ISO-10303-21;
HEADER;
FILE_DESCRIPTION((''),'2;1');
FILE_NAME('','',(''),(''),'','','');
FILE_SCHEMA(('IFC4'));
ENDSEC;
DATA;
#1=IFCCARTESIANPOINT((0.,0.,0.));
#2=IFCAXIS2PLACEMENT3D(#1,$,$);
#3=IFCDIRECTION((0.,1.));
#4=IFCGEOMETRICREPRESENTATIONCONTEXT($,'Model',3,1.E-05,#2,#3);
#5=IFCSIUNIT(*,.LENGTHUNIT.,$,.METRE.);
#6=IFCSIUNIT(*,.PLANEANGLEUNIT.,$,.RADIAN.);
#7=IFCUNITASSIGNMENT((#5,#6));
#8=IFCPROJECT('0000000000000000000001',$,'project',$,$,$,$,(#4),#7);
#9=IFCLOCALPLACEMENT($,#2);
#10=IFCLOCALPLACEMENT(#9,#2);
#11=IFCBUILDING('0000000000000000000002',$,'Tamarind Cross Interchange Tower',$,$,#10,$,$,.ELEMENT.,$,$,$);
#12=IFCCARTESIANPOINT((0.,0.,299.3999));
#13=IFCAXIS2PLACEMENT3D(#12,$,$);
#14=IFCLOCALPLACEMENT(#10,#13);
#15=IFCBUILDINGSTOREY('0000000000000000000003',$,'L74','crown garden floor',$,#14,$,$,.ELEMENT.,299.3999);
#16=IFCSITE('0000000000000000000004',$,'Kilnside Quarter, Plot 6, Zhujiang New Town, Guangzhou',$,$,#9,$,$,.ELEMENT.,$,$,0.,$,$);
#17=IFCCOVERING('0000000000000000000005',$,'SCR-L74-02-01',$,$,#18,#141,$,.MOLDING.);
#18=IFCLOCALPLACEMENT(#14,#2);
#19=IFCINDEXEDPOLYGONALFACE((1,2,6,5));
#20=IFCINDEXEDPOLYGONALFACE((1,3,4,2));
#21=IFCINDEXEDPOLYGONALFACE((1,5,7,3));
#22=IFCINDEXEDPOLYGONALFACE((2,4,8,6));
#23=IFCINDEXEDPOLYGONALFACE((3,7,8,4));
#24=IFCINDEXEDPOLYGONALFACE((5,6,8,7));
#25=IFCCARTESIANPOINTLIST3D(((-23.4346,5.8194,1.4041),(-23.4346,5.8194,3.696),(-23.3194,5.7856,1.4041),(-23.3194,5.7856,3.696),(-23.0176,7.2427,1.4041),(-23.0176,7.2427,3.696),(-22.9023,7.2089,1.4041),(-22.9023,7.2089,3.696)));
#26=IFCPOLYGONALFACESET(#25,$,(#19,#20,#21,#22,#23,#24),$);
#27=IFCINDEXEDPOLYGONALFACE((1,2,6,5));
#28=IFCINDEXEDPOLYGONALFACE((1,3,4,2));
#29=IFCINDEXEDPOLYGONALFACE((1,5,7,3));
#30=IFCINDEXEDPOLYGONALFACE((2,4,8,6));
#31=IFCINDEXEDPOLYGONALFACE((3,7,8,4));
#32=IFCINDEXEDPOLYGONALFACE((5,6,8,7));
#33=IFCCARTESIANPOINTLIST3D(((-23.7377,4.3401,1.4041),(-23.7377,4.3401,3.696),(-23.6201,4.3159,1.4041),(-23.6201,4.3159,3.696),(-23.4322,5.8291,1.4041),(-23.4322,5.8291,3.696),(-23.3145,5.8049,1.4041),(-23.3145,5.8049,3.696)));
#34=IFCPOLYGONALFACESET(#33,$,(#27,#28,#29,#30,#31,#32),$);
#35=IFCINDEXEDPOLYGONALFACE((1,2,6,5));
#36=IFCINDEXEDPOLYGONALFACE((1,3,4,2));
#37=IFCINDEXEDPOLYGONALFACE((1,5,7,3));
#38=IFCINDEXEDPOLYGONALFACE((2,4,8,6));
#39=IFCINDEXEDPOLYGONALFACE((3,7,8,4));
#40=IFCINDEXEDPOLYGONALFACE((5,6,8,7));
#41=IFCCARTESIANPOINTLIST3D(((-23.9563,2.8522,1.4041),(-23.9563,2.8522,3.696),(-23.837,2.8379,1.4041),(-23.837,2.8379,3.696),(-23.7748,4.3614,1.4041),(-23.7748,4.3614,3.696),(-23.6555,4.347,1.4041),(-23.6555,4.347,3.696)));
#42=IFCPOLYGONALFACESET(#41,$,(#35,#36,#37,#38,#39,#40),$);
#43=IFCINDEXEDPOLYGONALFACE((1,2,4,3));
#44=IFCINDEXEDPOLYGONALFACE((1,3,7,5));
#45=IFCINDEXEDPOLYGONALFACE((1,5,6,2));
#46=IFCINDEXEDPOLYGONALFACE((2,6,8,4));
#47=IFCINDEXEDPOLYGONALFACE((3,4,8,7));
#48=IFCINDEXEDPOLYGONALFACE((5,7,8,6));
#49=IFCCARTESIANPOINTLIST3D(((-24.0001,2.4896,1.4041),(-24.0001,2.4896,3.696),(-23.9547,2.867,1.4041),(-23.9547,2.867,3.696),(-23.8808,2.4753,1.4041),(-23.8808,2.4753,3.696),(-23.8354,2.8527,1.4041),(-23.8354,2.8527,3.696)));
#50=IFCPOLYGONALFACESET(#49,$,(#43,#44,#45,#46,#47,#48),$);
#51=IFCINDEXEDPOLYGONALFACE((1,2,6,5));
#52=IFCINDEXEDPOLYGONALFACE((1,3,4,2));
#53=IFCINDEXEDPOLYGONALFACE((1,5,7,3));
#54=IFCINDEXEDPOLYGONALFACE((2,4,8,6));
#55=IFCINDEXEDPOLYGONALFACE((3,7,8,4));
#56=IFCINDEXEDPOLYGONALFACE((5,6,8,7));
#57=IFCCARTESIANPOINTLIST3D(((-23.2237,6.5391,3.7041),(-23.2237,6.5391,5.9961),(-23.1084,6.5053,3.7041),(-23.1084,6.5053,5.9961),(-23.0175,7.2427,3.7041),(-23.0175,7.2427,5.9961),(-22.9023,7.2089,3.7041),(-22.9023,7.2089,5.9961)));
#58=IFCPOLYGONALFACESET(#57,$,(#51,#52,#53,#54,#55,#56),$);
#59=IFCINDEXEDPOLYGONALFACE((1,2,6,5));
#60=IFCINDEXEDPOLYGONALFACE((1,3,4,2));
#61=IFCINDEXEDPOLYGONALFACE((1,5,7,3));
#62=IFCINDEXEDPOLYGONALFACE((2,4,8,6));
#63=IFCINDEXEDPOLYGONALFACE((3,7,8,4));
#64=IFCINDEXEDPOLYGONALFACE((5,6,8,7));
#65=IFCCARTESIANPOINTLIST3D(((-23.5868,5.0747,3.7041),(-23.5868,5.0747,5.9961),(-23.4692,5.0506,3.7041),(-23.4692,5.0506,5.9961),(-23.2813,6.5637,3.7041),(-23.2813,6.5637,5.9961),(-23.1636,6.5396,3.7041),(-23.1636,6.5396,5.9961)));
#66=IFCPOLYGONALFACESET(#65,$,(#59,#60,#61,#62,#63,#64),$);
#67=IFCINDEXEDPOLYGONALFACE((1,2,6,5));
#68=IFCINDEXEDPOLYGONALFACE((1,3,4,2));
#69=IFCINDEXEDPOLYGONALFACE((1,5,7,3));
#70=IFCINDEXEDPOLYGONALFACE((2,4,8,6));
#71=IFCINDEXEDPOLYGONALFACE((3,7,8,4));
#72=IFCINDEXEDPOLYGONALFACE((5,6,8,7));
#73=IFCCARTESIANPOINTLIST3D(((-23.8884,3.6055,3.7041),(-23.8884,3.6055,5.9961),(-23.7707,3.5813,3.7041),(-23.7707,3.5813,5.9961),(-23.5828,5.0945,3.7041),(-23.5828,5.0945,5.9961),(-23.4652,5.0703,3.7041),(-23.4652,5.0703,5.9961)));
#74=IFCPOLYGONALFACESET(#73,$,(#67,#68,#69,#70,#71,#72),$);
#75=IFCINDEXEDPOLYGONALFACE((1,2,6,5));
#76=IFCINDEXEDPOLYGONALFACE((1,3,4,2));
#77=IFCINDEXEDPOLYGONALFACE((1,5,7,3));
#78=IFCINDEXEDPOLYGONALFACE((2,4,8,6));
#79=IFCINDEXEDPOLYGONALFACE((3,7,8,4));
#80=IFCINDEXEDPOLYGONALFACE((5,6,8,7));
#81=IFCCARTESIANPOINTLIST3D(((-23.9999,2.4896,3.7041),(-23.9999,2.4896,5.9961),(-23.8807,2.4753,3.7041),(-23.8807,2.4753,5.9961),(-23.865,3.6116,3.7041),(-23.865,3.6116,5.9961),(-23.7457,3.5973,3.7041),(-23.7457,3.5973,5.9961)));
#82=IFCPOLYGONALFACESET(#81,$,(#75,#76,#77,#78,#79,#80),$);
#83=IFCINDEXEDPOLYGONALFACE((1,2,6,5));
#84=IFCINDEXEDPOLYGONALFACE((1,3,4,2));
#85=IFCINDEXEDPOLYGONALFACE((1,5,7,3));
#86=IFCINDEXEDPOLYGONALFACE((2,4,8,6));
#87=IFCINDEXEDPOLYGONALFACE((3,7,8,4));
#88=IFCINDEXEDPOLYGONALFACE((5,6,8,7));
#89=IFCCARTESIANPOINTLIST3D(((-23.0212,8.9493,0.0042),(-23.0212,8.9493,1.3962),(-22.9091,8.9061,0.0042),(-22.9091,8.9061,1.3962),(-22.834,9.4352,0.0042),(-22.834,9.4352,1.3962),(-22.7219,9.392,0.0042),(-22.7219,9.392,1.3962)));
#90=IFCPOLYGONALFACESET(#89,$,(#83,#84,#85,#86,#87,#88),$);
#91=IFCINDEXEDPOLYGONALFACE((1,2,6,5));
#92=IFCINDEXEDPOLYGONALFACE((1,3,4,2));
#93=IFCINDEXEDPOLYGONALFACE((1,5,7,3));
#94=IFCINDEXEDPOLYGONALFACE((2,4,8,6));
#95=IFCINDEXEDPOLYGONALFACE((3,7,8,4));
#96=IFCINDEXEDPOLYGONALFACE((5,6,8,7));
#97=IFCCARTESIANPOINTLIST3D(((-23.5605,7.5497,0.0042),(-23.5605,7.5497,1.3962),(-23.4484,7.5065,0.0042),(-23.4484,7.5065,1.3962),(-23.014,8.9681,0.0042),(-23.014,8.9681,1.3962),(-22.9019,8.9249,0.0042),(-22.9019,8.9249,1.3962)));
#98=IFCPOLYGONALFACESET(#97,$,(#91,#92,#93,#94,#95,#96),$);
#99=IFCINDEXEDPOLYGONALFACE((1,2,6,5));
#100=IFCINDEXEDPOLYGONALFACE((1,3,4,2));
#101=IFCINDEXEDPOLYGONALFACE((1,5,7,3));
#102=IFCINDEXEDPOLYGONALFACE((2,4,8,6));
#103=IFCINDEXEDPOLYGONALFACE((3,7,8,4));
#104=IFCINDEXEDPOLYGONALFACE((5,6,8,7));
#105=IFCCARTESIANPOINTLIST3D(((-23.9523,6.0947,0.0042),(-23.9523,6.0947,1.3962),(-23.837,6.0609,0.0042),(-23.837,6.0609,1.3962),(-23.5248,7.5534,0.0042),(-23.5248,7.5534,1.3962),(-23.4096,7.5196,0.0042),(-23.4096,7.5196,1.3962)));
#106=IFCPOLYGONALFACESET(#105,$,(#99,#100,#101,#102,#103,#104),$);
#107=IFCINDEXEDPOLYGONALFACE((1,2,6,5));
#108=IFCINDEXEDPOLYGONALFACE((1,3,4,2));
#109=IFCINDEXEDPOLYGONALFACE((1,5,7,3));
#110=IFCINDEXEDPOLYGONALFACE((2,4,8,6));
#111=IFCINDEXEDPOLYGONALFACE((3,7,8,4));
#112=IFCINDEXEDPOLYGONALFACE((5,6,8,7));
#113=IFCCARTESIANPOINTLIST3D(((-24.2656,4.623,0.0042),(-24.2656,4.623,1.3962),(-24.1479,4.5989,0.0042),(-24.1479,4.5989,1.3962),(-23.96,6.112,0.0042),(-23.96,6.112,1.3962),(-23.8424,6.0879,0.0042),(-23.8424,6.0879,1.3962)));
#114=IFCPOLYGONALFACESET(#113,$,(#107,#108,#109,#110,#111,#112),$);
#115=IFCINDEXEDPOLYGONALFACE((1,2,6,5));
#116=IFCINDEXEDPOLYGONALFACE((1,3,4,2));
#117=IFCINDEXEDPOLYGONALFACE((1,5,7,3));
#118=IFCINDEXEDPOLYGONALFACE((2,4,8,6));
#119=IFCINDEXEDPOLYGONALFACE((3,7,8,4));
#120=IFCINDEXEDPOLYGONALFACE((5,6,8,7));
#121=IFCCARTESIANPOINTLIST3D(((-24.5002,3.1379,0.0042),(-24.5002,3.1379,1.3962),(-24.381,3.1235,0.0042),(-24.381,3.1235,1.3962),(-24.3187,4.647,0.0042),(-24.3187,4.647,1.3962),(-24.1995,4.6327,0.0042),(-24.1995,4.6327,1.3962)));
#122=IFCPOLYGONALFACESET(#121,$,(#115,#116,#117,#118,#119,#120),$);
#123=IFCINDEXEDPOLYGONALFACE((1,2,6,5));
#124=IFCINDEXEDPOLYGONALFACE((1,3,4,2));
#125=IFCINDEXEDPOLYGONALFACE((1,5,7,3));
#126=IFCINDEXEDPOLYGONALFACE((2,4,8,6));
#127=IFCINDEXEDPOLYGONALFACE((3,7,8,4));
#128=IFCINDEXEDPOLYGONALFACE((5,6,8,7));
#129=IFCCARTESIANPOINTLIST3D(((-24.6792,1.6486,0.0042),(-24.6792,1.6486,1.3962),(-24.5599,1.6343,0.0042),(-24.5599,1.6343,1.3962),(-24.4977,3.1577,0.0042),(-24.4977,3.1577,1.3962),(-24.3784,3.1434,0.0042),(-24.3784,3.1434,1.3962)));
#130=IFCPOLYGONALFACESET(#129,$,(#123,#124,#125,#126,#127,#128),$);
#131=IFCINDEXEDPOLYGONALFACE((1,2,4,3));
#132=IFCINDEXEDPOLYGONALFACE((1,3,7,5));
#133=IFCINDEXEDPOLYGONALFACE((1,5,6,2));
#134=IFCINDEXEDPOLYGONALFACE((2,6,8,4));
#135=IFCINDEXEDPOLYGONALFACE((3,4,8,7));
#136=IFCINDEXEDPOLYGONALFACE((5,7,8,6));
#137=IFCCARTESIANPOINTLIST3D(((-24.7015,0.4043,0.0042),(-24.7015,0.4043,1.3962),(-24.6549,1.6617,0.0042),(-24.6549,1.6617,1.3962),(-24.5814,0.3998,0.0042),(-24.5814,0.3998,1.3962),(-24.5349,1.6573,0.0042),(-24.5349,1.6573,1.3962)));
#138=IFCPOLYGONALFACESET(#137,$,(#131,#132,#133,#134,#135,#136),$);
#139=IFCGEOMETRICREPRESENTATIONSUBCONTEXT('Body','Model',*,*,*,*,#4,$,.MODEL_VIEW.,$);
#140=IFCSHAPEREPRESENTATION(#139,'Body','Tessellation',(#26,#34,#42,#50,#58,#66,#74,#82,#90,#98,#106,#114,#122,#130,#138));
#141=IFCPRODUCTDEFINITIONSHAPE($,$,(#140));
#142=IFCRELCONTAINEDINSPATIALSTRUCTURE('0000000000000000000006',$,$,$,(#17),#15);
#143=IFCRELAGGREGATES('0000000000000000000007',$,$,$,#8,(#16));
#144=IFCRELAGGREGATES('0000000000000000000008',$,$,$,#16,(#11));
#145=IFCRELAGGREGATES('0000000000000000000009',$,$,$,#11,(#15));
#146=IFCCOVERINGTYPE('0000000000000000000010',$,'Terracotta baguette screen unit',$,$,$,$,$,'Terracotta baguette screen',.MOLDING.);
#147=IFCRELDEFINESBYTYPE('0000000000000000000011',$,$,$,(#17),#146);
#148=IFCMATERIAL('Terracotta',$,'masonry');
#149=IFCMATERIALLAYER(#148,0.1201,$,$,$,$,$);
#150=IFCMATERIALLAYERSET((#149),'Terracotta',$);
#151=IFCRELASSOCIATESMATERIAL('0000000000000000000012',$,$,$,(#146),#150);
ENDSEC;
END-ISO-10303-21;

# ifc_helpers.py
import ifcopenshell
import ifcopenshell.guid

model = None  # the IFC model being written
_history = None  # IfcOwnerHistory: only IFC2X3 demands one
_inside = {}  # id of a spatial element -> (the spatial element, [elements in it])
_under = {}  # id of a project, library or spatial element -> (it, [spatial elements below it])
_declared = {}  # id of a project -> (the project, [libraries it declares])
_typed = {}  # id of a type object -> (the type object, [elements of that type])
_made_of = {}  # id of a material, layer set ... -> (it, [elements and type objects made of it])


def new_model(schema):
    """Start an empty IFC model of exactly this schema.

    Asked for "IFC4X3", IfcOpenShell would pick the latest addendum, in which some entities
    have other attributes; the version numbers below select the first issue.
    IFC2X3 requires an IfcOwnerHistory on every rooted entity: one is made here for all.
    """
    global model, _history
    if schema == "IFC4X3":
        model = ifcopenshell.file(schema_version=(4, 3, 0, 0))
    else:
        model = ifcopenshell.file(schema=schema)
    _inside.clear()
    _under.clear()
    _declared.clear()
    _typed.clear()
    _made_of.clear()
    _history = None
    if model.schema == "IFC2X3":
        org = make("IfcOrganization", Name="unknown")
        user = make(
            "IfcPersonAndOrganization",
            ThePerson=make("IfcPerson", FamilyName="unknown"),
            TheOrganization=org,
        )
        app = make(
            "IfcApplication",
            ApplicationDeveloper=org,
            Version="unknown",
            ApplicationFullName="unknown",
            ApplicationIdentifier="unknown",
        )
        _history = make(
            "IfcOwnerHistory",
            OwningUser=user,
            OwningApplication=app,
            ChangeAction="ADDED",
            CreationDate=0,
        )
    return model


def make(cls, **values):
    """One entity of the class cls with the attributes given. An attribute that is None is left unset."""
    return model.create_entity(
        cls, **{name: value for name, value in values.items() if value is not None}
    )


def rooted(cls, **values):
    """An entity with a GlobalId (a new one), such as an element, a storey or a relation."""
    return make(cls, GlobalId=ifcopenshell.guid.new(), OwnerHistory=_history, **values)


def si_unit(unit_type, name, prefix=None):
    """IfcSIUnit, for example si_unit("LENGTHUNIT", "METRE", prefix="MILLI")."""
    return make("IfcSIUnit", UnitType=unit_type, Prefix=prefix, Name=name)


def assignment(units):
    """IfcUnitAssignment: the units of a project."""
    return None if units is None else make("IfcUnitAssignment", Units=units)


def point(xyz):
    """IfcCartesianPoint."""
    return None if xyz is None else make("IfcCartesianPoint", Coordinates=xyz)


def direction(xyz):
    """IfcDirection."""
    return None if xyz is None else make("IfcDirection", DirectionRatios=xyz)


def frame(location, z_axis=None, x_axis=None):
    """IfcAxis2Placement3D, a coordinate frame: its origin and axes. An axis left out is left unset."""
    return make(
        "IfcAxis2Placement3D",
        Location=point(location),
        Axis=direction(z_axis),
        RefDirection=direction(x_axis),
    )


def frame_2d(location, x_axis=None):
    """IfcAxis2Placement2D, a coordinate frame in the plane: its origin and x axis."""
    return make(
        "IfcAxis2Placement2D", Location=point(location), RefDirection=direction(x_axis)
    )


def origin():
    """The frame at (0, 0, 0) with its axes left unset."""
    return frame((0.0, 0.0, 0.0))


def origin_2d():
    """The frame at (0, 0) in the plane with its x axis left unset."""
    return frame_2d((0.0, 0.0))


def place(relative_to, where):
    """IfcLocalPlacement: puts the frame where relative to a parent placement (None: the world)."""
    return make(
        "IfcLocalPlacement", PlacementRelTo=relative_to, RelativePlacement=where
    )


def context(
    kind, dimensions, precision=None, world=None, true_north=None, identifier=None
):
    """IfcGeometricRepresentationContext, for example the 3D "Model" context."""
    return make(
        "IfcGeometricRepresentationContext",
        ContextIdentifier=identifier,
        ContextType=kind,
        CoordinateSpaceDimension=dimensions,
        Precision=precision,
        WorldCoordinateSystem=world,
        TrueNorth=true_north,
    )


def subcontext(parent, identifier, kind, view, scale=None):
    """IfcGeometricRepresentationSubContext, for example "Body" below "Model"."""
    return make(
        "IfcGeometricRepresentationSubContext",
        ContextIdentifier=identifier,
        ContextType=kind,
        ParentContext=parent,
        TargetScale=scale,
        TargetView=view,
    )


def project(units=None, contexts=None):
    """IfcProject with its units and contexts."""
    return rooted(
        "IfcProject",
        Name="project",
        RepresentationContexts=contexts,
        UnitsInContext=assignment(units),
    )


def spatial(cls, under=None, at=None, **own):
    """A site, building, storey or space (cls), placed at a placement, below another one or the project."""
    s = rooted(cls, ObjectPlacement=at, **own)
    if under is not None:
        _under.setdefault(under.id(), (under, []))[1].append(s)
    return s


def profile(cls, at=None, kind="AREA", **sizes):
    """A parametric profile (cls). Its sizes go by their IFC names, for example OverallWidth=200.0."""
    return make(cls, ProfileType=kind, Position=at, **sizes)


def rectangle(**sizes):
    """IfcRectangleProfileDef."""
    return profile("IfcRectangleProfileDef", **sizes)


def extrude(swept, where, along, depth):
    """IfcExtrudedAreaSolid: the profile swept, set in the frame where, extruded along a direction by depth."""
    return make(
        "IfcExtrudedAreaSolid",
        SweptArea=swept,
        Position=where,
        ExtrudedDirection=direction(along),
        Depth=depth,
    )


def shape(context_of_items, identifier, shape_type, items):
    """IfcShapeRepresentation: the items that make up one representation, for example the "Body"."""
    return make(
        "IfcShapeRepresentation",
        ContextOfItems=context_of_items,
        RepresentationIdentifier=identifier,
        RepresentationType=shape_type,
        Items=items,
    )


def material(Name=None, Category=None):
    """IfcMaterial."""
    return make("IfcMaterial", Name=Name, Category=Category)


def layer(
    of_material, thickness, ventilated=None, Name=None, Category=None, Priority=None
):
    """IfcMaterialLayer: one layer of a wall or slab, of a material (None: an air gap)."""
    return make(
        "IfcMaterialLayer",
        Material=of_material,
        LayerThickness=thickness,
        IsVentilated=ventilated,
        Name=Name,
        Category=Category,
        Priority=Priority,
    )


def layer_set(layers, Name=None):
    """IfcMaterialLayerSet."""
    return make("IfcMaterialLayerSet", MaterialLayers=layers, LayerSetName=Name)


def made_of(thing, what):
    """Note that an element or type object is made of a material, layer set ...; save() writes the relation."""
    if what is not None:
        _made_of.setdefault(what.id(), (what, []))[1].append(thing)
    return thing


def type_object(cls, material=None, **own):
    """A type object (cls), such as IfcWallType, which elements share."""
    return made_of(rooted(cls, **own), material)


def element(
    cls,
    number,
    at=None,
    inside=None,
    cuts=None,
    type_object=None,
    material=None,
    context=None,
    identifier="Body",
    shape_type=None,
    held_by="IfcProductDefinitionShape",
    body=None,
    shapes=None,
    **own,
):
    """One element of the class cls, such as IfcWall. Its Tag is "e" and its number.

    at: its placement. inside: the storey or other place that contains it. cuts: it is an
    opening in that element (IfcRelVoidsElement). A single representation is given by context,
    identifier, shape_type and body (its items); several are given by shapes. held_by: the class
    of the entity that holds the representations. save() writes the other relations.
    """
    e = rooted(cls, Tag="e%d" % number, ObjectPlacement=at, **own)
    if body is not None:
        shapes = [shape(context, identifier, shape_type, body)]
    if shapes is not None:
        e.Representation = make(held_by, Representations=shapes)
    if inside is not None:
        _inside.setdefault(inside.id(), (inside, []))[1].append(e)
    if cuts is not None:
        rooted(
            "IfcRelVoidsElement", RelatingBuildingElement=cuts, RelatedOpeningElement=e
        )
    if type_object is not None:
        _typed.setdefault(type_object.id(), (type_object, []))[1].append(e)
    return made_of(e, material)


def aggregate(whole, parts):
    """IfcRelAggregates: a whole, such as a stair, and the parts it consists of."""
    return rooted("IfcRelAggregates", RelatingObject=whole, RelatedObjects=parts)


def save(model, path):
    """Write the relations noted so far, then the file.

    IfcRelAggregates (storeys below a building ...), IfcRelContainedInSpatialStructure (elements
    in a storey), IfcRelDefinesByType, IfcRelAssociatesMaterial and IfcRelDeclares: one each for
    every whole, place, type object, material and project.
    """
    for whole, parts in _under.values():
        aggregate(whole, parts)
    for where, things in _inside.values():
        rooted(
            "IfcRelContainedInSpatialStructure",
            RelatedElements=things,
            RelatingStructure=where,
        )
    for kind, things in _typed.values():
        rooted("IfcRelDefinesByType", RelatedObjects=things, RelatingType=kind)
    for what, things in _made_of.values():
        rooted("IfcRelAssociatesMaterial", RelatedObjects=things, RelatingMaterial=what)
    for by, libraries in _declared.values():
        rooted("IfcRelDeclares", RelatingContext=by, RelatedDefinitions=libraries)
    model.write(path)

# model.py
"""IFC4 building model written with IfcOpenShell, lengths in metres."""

from ifc_helpers import new_model, si_unit, direction, frame, origin, origin_2d, place, context, subcontext, project, spatial, rectangle, extrude, material, layer, layer_set, type_object, element, save


model = new_model("IFC4")

# Units and contexts
model_context = context("Model", 3, precision=1e-05, world=origin(), true_north=direction((0.0, 1.0)))
body_context = subcontext(model_context, "Body", "Model", "MODEL_VIEW")
ifc_project = project(units=[si_unit("LENGTHUNIT", "METRE"), si_unit("PLANEANGLEUNIT", "RADIAN")], contexts=[model_context])

# Site, building, storey
site_placement = place(None, origin())
site = spatial("IfcSite", under=ifc_project, at=site_placement, Name="Kilnside Quarter, Plot 6, Zhujiang New Town, Guangzhou", CompositionType="ELEMENT", RefElevation=0.0)
building_placement = place(site_placement, origin())
building = spatial("IfcBuilding", under=site, at=building_placement, Name="Tamarind Cross Interchange Tower", CompositionType="ELEMENT")
storey_placement = place(building_placement, frame((0.0, 0.0, 299.3999)))
storey = spatial("IfcBuildingStorey", under=building, at=storey_placement, Name="L74", Description="crown garden floor", CompositionType="ELEMENT", Elevation=299.3999)

# Covering
ifc_material_1 = material(Name="Terracotta", Category="masonry")
ifc_layer_1 = layer(ifc_material_1, 0.1201)
ifc_layer_set_1 = layer_set([ifc_layer_1], Name="Terracotta")
covering_type = type_object("IfcCoveringType", Name="Terracotta baguette screen unit", ElementType="Terracotta baguette screen", PredefinedType="MOLDING", material=ifc_layer_set_1)
covering_1_placement = place(storey_placement, origin())
element("IfcCovering", 1, at=covering_1_placement, inside=storey, type_object=covering_type, Name="SCR-L74-02-01", PredefinedType="MOLDING", context=body_context, shape_type="SweptSolid", body=[
    extrude(rectangle(XDim=1.4832, YDim=0.1201, at=origin_2d()), frame((-23.1685, 6.5142, 1.4041), z_axis=(0.0, 0.0, 1.0), x_axis=(-0.281209, -0.959647, 0.0)), (0.0, 0.0, 1.0), 2.292),
    extrude(rectangle(XDim=1.52, YDim=0.1201, at=origin_2d()), frame((-23.5261, 5.0725, 1.4041), z_axis=(0.0, 0.0, 1.0), x_axis=(-0.201001, -0.979591, 0.0)), (0.0, 0.0, 1.0), 2.292),
    extrude(rectangle(XDim=1.52, YDim=0.1201, at=origin_2d()), frame((-23.8059, 3.5996, 1.4041), z_axis=(0.0, 0.0, 1.0), x_axis=(-0.119421, -0.992844, 0.0)), (0.0, 0.0, 1.0), 2.292),
    extrude(rectangle(XDim=0.3801, YDim=0.1201, at=origin_2d()), frame((-23.9177, 2.6711, 1.4041), z_axis=(0.0, 0.0, 1.0), x_axis=(-0.119421, -0.992844, 0.0)), (0.0, 0.0, 1.0), 2.292),
    extrude(rectangle(XDim=0.7332, YDim=0.1201, at=origin_2d()), frame((-23.063, 6.874, 3.7041), z_axis=(0.0, 0.0, 1.0), x_axis=(-0.281209, -0.959647, 0.0)), (0.0, 0.0, 1.0), 2.292),
    extrude(rectangle(XDim=1.52, YDim=0.1201, at=origin_2d()), frame((-23.3752, 5.8071, 3.7041), z_axis=(0.0, 0.0, 1.0), x_axis=(-0.201001, -0.979591, 0.0)), (0.0, 0.0, 1.0), 2.292),
    extrude(rectangle(XDim=1.52, YDim=0.1201, at=origin_2d()), frame((-23.6768, 4.3379, 3.7041), z_axis=(0.0, 0.0, 1.0), x_axis=(-0.201001, -0.979591, 0.0)), (0.0, 0.0, 1.0), 2.292),
    extrude(rectangle(XDim=1.1301, YDim=0.1201, at=origin_2d()), frame((-23.8728, 3.0435, 3.7041), z_axis=(0.0, 0.0, 1.0), x_axis=(-0.119421, -0.992844, 0.0)), (0.0, 0.0, 1.0), 2.292),
    extrude(rectangle(XDim=0.5208, YDim=0.1201, at=origin_2d()), frame((-22.8716, 9.1707, 0.0042), z_axis=(0.0, 0.0, 1.0), x_axis=(-0.359495, -0.933147, 0.0)), (0.0, 0.0, 1.0), 1.3921),
    extrude(rectangle(XDim=1.52, YDim=0.1201, at=origin_2d()), frame((-23.2312, 8.2373, 0.0042), z_axis=(0.0, 0.0, 1.0), x_axis=(-0.359495, -0.933147, 0.0)), (0.0, 0.0, 1.0), 1.3921),
    extrude(rectangle(XDim=1.52, YDim=0.1201, at=origin_2d()), frame((-23.6809, 6.8071, 0.0042), z_axis=(0.0, 0.0, 1.0), x_axis=(-0.281209, -0.959647, 0.0)), (0.0, 0.0, 1.0), 1.3921),
    extrude(rectangle(XDim=1.52, YDim=0.1201, at=origin_2d()), frame((-24.054, 5.3555, 0.0042), z_axis=(0.0, 0.0, 1.0), x_axis=(-0.201001, -0.979591, 0.0)), (0.0, 0.0, 1.0), 1.3921),
    extrude(rectangle(XDim=1.52, YDim=0.1201, at=origin_2d()), frame((-24.3499, 3.8853, 0.0042), z_axis=(0.0, 0.0, 1.0), x_axis=(-0.119421, -0.992844, 0.0)), (0.0, 0.0, 1.0), 1.3921),
    extrude(rectangle(XDim=1.52, YDim=0.1201, at=origin_2d()), frame((-24.5288, 2.396, 0.0042), z_axis=(0.0, 0.0, 1.0), x_axis=(-0.119421, -0.992844, 0.0)), (0.0, 0.0, 1.0), 1.3921),
    extrude(rectangle(XDim=1.2583, YDim=0.1201, at=origin_2d()), frame((-24.6182, 1.0308, 0.0042), z_axis=(0.0, 0.0, 1.0), x_axis=(-0.037025, -0.999314, 0.0)), (0.0, 0.0, 1.0), 1.3921),
])

save(model, "model.ifc")
